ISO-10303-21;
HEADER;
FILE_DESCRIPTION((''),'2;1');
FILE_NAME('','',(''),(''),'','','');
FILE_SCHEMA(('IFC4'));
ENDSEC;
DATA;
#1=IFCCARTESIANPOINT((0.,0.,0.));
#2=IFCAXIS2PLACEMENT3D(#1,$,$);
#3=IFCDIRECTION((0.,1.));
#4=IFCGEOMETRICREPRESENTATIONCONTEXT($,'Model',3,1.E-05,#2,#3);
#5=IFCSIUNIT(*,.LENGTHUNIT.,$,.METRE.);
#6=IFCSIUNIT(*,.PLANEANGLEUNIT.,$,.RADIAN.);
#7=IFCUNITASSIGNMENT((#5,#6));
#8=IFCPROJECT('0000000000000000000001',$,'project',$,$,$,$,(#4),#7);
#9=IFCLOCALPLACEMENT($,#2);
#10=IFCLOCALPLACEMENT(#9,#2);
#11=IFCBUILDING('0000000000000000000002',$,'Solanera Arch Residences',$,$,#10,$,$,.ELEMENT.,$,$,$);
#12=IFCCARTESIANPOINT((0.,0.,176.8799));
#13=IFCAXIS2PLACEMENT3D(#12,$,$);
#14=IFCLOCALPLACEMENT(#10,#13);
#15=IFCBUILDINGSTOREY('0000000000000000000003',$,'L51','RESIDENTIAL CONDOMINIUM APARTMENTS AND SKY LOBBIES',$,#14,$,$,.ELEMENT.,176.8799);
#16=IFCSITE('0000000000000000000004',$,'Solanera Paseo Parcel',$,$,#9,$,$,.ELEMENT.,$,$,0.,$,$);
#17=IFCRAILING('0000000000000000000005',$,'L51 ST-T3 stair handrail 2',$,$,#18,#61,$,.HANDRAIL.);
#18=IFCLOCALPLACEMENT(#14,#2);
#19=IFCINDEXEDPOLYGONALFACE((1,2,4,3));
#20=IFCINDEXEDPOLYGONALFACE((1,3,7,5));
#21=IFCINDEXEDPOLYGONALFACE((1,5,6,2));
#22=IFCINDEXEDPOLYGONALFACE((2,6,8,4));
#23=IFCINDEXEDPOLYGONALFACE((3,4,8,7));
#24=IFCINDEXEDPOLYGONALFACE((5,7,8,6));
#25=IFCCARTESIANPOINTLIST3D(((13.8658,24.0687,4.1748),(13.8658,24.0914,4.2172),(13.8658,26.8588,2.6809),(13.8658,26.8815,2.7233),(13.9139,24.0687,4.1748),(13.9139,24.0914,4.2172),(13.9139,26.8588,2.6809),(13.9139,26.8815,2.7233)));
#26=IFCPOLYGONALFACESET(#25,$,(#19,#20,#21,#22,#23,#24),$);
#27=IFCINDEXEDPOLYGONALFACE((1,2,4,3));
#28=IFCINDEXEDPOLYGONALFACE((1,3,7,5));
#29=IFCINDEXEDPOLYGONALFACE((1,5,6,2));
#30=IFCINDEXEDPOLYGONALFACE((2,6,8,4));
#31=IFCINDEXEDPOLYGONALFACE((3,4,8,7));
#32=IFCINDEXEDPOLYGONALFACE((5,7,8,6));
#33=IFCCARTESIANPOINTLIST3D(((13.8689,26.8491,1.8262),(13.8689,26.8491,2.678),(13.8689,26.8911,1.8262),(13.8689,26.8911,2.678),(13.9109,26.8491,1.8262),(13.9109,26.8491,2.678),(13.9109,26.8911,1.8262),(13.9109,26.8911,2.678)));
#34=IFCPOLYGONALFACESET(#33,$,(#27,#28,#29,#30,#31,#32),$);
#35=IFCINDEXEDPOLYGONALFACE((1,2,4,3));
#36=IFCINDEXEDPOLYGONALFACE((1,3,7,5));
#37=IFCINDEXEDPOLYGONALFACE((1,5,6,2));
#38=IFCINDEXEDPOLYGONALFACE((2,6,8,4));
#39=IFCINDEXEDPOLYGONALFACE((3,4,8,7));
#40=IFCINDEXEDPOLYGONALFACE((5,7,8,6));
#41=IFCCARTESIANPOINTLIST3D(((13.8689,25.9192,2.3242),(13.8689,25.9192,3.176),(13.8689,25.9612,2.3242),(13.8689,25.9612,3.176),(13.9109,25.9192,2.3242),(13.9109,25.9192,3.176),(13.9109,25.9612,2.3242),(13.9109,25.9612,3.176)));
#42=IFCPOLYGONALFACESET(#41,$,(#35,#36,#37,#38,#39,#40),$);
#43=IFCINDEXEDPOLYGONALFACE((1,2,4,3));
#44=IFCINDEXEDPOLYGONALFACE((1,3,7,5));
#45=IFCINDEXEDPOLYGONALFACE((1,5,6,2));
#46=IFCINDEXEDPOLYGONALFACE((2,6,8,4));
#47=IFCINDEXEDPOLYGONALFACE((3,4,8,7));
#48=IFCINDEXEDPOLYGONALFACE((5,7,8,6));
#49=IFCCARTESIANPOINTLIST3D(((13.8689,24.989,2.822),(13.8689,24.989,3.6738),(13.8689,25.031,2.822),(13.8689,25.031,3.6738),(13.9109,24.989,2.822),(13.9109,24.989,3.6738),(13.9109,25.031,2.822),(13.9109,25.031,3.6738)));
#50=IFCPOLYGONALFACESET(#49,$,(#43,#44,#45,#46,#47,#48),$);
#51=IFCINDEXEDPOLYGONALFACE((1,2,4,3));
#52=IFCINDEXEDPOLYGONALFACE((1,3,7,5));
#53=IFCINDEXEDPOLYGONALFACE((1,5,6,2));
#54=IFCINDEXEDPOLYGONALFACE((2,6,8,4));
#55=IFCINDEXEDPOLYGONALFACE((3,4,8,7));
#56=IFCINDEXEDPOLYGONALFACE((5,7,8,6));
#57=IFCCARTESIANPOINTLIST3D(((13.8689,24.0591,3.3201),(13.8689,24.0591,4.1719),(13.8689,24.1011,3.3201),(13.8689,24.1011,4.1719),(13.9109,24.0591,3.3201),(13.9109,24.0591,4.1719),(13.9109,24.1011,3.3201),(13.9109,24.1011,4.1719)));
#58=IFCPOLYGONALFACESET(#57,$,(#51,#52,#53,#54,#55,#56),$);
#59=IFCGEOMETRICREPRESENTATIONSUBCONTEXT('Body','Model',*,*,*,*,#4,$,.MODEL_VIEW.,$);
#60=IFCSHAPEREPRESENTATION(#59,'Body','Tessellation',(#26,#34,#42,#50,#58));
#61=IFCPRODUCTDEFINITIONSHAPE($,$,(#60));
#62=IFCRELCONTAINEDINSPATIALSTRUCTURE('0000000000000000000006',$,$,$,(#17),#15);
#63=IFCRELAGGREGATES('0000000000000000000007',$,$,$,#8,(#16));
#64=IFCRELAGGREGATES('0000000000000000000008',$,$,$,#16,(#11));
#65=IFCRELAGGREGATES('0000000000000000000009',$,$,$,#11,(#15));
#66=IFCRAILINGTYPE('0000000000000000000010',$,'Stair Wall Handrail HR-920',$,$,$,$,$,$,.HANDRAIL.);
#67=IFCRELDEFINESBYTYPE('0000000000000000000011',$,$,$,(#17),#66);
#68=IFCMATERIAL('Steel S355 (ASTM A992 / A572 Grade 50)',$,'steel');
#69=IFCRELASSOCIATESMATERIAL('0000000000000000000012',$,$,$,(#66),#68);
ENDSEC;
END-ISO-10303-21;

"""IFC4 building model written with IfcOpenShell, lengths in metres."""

from ifc_helpers import new_model, si_unit, direction, frame, origin, origin_2d, place, context, subcontext, project, spatial, rectangle, extrude, material, type_object, element, save


model = new_model("IFC4")

# Units and contexts
model_context = context("Model", 3, precision=1e-05, world=origin(), true_north=direction((0.0, 1.0)))
body_context = subcontext(model_context, "Body", "Model", "MODEL_VIEW")
ifc_project = project(units=[si_unit("LENGTHUNIT", "METRE"), si_unit("PLANEANGLEUNIT", "RADIAN")], contexts=[model_context])

# Site, building, storey
site_placement = place(None, origin())
site = spatial("IfcSite", under=ifc_project, at=site_placement, Name="Solanera Paseo Parcel", CompositionType="ELEMENT", RefElevation=0.0)
building_placement = place(site_placement, origin())
building = spatial("IfcBuilding", under=site, at=building_placement, Name="Solanera Arch Residences", CompositionType="ELEMENT")
storey_placement = place(building_placement, frame((0.0, 0.0, 176.8799)))
storey = spatial("IfcBuildingStorey", under=building, at=storey_placement, Name="L51", Description="RESIDENTIAL CONDOMINIUM APARTMENTS AND SKY LOBBIES", CompositionType="ELEMENT", Elevation=176.8799)

# Railing
ifc_material_1 = material(Name="Steel S355 (ASTM A992 / A572 Grade 50)", Category="steel")
railing_type_1 = type_object("IfcRailingType", Name="Stair Wall Handrail HR-920", PredefinedType="HANDRAIL", material=ifc_material_1)
railing_1_placement = place(storey_placement, frame((13.8899, 26.8701, 1.8262)))
element("IfcRailing", 1, at=railing_1_placement, inside=storey, type_object=railing_type_1, Name="L51 ST-T3 stair handrail 2", PredefinedType="HANDRAIL", context=body_context, shape_type="SweptSolid", body=[
    extrude(rectangle(XDim=0.0481, YDim=0.0481, at=origin_2d()), frame((0.0, 0.0, 0.876), z_axis=(0.0, -0.881581, 0.472033), x_axis=(1.0, 0.0, 0.0)), (0.0, 0.0, 1.0), 3.1648),
    extrude(rectangle(XDim=0.042, YDim=0.042, at=origin_2d()), origin(), (0.0, 0.0, 1.0), 0.8518),
    extrude(rectangle(XDim=0.042, YDim=0.042, at=origin_2d()), frame((0.0, -0.9299, 0.498)), (0.0, 0.0, 1.0), 0.8518),
    extrude(rectangle(XDim=0.042, YDim=0.042, at=origin_2d()), frame((0.0, -1.8601, 0.9958)), (0.0, 0.0, 1.0), 0.8518),
    extrude(rectangle(XDim=0.042, YDim=0.042, at=origin_2d()), frame((0.0, -2.79, 1.4939)), (0.0, 0.0, 1.0), 0.8518),
])

save(model, "model.ifc")
